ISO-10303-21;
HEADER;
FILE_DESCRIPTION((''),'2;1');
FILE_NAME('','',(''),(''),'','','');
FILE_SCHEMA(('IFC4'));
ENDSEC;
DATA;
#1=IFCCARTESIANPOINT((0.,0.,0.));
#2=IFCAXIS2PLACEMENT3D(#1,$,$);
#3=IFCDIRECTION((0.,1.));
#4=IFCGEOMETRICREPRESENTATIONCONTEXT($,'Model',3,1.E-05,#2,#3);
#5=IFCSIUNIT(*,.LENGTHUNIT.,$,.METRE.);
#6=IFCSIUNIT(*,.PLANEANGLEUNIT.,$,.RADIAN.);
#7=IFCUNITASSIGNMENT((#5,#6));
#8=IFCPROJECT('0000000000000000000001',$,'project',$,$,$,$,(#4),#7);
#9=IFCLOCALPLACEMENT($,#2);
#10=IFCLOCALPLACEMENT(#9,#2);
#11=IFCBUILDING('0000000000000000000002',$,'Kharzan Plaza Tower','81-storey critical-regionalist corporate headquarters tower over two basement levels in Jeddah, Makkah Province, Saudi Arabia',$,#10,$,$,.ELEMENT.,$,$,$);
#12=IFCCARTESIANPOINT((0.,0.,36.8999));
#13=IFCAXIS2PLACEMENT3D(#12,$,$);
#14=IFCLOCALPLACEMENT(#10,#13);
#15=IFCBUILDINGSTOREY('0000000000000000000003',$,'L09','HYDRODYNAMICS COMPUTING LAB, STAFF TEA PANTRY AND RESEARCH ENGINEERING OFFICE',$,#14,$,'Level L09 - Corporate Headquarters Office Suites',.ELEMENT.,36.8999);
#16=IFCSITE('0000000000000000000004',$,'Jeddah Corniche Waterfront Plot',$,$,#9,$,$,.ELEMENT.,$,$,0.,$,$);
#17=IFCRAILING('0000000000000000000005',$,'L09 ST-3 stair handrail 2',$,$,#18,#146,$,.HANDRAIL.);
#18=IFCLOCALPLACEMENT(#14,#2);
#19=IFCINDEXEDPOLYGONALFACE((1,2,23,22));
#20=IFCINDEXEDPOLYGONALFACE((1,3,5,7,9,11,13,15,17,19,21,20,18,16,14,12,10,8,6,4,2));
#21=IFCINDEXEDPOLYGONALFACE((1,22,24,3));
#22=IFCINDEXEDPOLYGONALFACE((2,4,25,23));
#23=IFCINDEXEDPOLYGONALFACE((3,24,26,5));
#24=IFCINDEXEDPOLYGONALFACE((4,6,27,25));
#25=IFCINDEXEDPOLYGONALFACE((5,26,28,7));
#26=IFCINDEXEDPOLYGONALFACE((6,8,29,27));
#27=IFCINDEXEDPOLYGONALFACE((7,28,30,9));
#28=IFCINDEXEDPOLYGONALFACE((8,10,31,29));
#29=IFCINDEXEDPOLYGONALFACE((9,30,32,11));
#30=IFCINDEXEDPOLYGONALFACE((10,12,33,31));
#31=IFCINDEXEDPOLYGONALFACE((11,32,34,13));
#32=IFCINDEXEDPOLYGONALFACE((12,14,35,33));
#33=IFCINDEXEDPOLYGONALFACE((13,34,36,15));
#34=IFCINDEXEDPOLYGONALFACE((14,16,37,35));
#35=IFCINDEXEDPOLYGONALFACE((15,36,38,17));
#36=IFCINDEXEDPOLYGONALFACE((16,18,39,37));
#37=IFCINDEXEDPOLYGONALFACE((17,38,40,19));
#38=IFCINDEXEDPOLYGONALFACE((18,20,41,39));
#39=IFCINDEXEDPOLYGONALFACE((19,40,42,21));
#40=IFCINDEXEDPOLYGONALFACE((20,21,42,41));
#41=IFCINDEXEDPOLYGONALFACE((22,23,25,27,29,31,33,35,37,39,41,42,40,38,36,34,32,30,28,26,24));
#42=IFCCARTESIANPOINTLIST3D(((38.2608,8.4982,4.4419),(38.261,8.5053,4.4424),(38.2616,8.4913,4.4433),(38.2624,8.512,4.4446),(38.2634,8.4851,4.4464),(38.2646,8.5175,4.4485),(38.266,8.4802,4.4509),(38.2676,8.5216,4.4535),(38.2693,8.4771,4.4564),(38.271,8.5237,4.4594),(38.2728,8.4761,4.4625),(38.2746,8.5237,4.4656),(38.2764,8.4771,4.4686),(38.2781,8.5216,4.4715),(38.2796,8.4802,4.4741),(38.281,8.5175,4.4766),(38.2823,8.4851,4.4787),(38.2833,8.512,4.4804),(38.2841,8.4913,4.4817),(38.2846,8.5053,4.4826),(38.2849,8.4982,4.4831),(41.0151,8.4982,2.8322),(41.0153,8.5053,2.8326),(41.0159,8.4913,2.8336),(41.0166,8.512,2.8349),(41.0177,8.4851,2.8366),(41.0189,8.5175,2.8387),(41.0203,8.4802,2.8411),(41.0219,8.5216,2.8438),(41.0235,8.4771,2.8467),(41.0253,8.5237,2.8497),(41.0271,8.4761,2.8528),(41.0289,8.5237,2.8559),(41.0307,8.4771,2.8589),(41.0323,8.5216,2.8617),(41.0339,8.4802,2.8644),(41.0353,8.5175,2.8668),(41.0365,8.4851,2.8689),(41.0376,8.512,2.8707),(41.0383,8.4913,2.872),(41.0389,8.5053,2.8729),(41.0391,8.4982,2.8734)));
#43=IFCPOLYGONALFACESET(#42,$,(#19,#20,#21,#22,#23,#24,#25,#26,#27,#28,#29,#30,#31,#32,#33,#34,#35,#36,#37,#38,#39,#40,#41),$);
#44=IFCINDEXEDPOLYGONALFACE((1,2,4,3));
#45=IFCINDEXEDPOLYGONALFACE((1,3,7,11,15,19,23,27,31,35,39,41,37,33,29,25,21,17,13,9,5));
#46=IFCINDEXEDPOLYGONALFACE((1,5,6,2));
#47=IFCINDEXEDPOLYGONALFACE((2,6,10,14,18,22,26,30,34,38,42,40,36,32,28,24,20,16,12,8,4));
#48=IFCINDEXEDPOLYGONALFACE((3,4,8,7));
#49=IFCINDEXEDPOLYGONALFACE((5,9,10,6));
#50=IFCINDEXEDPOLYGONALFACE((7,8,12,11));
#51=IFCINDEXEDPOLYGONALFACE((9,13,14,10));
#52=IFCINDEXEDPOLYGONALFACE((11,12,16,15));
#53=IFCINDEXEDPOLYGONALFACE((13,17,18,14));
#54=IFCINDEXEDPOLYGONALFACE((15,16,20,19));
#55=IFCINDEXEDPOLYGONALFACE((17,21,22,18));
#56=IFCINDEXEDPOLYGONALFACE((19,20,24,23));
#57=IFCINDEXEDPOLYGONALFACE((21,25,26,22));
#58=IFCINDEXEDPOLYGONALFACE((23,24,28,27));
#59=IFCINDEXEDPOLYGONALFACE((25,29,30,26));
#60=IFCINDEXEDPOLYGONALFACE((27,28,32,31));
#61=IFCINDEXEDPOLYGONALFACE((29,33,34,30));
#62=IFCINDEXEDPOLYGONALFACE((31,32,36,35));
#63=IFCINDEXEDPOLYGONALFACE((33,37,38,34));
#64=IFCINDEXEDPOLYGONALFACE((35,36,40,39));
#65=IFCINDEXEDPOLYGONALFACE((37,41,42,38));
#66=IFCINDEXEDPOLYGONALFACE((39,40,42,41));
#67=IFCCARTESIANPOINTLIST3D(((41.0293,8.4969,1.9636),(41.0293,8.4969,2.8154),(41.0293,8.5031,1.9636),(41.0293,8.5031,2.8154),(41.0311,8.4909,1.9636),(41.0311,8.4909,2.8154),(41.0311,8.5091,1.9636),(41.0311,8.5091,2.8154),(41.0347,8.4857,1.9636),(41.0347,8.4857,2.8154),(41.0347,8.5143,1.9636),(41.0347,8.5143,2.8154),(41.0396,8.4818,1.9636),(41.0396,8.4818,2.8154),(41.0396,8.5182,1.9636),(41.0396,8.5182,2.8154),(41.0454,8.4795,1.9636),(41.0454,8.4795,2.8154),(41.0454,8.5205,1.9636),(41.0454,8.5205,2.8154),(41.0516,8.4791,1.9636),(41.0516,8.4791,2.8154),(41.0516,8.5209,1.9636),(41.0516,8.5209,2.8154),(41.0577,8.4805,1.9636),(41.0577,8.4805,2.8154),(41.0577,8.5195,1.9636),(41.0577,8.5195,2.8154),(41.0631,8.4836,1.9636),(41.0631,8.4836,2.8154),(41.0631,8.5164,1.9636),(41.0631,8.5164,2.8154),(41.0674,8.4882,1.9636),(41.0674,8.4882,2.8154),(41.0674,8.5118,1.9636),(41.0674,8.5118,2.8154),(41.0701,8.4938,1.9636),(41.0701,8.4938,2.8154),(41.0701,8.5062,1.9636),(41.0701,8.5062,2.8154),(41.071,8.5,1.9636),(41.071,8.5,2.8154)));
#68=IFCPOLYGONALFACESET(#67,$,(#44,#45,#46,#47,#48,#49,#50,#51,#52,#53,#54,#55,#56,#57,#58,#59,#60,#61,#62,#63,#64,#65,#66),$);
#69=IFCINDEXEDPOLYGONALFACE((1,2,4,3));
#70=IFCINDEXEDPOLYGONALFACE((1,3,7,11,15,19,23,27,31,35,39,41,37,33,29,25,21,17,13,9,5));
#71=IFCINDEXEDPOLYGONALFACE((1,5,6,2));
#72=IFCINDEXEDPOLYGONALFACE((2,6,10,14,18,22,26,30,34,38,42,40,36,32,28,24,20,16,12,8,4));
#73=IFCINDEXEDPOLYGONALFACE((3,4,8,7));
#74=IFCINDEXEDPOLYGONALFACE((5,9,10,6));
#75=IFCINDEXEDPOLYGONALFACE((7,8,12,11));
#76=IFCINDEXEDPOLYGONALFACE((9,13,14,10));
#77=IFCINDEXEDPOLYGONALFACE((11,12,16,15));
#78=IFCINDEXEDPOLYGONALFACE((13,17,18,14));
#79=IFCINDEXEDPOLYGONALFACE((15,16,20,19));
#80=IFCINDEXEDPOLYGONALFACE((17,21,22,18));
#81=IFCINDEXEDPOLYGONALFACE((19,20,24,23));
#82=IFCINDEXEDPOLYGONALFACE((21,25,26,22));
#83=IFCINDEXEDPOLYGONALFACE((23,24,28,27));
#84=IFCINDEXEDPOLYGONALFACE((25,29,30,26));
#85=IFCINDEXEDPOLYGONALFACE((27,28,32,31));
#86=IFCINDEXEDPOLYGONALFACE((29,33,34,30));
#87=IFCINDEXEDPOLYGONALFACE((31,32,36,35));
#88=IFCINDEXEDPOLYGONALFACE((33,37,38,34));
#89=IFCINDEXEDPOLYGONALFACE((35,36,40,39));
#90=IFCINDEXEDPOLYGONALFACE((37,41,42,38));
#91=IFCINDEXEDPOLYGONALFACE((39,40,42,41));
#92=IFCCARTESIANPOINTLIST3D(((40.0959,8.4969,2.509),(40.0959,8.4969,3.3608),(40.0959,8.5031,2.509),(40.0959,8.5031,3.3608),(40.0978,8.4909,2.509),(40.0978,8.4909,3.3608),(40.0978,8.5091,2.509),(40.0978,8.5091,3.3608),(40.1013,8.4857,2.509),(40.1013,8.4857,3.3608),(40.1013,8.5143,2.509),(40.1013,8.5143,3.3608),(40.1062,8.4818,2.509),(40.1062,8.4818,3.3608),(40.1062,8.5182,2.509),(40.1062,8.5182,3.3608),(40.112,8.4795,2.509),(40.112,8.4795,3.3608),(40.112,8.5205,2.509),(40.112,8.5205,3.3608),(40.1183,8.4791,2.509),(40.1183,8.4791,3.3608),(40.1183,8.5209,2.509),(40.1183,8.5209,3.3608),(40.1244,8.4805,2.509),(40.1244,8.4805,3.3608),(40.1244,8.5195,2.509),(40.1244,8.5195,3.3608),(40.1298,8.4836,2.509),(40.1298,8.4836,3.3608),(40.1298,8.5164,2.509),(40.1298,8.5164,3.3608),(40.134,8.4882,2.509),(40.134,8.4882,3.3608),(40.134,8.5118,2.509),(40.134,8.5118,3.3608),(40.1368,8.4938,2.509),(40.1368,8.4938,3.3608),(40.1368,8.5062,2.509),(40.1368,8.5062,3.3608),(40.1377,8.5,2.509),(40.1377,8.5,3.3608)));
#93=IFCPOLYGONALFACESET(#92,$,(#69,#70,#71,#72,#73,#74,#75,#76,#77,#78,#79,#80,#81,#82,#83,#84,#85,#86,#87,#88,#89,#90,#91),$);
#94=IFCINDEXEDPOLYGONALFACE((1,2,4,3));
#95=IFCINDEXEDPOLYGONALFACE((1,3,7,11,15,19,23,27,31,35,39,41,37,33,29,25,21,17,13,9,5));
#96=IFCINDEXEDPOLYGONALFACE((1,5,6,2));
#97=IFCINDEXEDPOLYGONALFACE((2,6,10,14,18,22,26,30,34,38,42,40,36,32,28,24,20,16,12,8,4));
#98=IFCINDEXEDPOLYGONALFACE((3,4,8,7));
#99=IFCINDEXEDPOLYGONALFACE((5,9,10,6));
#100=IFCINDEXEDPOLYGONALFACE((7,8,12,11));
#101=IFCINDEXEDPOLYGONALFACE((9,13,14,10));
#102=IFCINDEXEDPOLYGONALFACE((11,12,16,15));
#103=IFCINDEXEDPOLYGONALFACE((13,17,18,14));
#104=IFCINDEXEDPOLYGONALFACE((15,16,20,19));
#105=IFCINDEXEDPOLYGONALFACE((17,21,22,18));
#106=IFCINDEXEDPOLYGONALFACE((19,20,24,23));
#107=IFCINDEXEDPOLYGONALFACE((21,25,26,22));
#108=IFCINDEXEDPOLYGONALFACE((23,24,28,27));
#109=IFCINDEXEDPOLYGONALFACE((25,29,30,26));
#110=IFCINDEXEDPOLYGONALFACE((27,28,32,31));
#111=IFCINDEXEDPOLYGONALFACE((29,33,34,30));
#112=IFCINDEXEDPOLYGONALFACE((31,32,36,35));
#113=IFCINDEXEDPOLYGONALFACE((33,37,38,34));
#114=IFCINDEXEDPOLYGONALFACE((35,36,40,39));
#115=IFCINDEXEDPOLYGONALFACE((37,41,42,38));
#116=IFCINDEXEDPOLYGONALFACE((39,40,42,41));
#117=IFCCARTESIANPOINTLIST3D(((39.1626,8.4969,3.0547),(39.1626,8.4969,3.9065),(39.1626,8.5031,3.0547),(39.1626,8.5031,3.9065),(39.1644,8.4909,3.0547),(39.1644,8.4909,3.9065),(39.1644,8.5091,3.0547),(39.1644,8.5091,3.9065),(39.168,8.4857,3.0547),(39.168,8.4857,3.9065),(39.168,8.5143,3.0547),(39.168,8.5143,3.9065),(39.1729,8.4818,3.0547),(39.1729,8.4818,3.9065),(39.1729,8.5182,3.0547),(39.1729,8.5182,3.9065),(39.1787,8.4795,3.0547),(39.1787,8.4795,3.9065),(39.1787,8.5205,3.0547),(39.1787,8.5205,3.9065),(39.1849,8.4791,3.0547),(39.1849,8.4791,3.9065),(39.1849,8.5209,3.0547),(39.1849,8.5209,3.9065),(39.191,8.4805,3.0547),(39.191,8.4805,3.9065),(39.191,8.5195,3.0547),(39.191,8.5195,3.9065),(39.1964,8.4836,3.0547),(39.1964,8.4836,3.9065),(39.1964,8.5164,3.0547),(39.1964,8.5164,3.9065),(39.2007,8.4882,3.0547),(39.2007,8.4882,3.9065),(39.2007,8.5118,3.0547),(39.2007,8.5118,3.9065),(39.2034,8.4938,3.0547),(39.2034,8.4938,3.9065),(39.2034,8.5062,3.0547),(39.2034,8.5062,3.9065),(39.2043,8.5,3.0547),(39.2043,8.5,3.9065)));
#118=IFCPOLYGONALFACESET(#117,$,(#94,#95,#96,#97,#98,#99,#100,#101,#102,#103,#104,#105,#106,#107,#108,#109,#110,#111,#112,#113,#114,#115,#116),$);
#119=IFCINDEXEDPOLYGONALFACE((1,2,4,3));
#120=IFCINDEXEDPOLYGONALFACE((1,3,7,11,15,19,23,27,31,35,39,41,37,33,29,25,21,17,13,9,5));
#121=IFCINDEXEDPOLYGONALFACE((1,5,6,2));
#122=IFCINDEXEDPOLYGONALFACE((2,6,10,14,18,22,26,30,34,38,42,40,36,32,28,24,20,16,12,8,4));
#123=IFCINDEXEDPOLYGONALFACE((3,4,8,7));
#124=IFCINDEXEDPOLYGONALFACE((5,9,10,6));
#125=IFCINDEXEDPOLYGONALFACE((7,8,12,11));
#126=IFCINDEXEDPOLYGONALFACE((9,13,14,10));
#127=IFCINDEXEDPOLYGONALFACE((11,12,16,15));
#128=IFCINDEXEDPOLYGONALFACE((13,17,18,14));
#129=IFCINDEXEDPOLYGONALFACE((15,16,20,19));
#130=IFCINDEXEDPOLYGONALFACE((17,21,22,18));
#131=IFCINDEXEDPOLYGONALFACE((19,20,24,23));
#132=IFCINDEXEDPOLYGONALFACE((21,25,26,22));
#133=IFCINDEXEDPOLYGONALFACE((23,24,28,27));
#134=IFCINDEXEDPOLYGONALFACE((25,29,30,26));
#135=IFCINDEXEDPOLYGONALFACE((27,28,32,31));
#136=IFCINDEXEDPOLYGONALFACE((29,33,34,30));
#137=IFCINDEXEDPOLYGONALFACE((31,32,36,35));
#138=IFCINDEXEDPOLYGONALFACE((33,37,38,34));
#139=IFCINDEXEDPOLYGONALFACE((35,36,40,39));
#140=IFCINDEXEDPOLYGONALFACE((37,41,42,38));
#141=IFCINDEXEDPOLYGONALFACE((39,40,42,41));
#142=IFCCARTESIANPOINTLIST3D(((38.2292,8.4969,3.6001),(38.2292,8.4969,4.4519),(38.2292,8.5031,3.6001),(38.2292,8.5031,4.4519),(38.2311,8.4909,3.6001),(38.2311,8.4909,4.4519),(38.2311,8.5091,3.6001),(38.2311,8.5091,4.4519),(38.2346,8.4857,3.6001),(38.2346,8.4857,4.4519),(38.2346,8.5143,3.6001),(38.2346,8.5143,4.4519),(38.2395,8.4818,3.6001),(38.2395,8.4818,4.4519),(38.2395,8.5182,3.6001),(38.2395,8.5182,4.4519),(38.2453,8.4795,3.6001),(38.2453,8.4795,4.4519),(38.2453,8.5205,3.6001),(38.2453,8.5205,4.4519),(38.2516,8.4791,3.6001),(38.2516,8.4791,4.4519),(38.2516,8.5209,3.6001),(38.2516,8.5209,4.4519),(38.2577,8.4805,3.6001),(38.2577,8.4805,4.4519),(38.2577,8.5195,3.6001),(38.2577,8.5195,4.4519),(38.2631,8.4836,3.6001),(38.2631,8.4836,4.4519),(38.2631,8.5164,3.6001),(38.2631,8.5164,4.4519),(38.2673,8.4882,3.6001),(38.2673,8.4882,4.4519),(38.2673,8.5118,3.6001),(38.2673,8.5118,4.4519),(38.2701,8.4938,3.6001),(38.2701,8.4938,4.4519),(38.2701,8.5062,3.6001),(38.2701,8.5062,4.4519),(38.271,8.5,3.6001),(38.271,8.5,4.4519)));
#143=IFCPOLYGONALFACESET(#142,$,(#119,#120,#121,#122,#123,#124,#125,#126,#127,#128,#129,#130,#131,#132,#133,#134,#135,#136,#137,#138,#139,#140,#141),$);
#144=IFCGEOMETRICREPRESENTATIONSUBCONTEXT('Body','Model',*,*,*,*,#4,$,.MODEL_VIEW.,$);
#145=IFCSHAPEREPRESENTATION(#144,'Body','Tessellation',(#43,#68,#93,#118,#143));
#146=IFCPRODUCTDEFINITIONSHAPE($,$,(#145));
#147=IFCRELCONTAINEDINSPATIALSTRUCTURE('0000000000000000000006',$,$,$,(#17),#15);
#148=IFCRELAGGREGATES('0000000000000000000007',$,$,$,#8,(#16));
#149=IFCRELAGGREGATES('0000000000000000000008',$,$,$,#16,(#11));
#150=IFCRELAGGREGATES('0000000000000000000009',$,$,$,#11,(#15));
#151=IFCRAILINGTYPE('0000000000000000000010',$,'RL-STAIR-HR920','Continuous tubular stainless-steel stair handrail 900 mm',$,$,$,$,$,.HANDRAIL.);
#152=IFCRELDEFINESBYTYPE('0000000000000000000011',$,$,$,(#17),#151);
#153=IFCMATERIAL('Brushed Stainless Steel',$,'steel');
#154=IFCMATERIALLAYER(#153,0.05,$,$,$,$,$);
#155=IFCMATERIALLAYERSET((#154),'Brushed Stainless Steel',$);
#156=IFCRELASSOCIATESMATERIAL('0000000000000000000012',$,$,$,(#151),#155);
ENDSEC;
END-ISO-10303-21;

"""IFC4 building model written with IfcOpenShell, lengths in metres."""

from ifc_helpers import new_model, si_unit, direction, frame, origin, origin_2d, place, context, subcontext, project, spatial, circle, extrude, source, transform, mapped, material, layer, layer_set, type_object, element, save


model = new_model("IFC4")

# Units and contexts
model_context = context("Model", 3, precision=1e-05, world=origin(), true_north=direction((0.0, 1.0)))
body_context = subcontext(model_context, "Body", "Model", "MODEL_VIEW")
ifc_project = project(units=[si_unit("LENGTHUNIT", "METRE"), si_unit("PLANEANGLEUNIT", "RADIAN")], contexts=[model_context])

# Site, building, storey
site_placement = place(None, origin())
site = spatial("IfcSite", under=ifc_project, at=site_placement, Name="Jeddah Corniche Waterfront Plot", CompositionType="ELEMENT", RefElevation=0.0)
building_placement = place(site_placement, origin())
building = spatial("IfcBuilding", under=site, at=building_placement, Name="Kharzan Plaza Tower", Description="81-storey critical-regionalist corporate headquarters tower over two basement levels in Jeddah, Makkah Province, Saudi Arabia", CompositionType="ELEMENT")
storey_placement = place(building_placement, frame((0.0, 0.0, 36.8999)))
storey = spatial("IfcBuildingStorey", under=building, at=storey_placement, Name="L09", Description="HYDRODYNAMICS COMPUTING LAB, STAFF TEA PANTRY AND RESEARCH ENGINEERING OFFICE", LongName="Level L09 - Corporate Headquarters Office Suites", CompositionType="ELEMENT", Elevation=36.8999)

# Shared definitions
ifc_material_1 = material(Name="Brushed Stainless Steel", Category="steel")

# Railing
ifc_layer_1 = layer(ifc_material_1, 0.05)
ifc_layer_set_1 = layer_set([ifc_layer_1], Name="Brushed Stainless Steel")
railing_type_1 = type_object("IfcRailingType", Name="RL-STAIR-HR920", Description="Continuous tubular stainless-steel stair handrail 900 mm", PredefinedType="HANDRAIL", material=ifc_layer_set_1)
shared_shape_1 = source(origin(), body_context, "Body", "SweptSolid", [
    extrude(circle(Radius=0.0239, at=origin_2d()), frame((-0.0229, 0.0, 0.8892), z_axis=(-0.863361, 0.0, 0.504587), x_axis=(0.0, -1.0, 0.0)), (0.0, 0.0, 1.0), 3.1902),
    extrude(circle(Radius=0.021, at=origin_2d()), origin(), (0.0, 0.0, 1.0), 0.8518),
    extrude(circle(Radius=0.021, at=origin_2d()), frame((-0.9333, 0.0, 0.5454)), (0.0, 0.0, 1.0), 0.8518),
    extrude(circle(Radius=0.021, at=origin_2d()), frame((-1.8667, 0.0, 1.0911)), (0.0, 0.0, 1.0), 0.8518),
    extrude(circle(Radius=0.021, at=origin_2d()), frame((-2.8, 0.0, 1.6365)), (0.0, 0.0, 1.0), 0.8518),
])
railing_1_placement = place(storey_placement, frame((41.05, 8.5, 1.9636)))
element("IfcRailing", 1, at=railing_1_placement, inside=storey, type_object=railing_type_1, Name="L09 ST-3 stair handrail 2", PredefinedType="HANDRAIL", context=body_context, shape_type="MappedRepresentation", body=[
    mapped(shared_shape_1, transform((0.0, 0.0, 0.0), x_axis=(1.0, 0.0, 0.0), y_axis=(0.0, 1.0, 0.0), z_axis=(0.0, 0.0, 1.0))),
])

save(model, "model.ifc")
